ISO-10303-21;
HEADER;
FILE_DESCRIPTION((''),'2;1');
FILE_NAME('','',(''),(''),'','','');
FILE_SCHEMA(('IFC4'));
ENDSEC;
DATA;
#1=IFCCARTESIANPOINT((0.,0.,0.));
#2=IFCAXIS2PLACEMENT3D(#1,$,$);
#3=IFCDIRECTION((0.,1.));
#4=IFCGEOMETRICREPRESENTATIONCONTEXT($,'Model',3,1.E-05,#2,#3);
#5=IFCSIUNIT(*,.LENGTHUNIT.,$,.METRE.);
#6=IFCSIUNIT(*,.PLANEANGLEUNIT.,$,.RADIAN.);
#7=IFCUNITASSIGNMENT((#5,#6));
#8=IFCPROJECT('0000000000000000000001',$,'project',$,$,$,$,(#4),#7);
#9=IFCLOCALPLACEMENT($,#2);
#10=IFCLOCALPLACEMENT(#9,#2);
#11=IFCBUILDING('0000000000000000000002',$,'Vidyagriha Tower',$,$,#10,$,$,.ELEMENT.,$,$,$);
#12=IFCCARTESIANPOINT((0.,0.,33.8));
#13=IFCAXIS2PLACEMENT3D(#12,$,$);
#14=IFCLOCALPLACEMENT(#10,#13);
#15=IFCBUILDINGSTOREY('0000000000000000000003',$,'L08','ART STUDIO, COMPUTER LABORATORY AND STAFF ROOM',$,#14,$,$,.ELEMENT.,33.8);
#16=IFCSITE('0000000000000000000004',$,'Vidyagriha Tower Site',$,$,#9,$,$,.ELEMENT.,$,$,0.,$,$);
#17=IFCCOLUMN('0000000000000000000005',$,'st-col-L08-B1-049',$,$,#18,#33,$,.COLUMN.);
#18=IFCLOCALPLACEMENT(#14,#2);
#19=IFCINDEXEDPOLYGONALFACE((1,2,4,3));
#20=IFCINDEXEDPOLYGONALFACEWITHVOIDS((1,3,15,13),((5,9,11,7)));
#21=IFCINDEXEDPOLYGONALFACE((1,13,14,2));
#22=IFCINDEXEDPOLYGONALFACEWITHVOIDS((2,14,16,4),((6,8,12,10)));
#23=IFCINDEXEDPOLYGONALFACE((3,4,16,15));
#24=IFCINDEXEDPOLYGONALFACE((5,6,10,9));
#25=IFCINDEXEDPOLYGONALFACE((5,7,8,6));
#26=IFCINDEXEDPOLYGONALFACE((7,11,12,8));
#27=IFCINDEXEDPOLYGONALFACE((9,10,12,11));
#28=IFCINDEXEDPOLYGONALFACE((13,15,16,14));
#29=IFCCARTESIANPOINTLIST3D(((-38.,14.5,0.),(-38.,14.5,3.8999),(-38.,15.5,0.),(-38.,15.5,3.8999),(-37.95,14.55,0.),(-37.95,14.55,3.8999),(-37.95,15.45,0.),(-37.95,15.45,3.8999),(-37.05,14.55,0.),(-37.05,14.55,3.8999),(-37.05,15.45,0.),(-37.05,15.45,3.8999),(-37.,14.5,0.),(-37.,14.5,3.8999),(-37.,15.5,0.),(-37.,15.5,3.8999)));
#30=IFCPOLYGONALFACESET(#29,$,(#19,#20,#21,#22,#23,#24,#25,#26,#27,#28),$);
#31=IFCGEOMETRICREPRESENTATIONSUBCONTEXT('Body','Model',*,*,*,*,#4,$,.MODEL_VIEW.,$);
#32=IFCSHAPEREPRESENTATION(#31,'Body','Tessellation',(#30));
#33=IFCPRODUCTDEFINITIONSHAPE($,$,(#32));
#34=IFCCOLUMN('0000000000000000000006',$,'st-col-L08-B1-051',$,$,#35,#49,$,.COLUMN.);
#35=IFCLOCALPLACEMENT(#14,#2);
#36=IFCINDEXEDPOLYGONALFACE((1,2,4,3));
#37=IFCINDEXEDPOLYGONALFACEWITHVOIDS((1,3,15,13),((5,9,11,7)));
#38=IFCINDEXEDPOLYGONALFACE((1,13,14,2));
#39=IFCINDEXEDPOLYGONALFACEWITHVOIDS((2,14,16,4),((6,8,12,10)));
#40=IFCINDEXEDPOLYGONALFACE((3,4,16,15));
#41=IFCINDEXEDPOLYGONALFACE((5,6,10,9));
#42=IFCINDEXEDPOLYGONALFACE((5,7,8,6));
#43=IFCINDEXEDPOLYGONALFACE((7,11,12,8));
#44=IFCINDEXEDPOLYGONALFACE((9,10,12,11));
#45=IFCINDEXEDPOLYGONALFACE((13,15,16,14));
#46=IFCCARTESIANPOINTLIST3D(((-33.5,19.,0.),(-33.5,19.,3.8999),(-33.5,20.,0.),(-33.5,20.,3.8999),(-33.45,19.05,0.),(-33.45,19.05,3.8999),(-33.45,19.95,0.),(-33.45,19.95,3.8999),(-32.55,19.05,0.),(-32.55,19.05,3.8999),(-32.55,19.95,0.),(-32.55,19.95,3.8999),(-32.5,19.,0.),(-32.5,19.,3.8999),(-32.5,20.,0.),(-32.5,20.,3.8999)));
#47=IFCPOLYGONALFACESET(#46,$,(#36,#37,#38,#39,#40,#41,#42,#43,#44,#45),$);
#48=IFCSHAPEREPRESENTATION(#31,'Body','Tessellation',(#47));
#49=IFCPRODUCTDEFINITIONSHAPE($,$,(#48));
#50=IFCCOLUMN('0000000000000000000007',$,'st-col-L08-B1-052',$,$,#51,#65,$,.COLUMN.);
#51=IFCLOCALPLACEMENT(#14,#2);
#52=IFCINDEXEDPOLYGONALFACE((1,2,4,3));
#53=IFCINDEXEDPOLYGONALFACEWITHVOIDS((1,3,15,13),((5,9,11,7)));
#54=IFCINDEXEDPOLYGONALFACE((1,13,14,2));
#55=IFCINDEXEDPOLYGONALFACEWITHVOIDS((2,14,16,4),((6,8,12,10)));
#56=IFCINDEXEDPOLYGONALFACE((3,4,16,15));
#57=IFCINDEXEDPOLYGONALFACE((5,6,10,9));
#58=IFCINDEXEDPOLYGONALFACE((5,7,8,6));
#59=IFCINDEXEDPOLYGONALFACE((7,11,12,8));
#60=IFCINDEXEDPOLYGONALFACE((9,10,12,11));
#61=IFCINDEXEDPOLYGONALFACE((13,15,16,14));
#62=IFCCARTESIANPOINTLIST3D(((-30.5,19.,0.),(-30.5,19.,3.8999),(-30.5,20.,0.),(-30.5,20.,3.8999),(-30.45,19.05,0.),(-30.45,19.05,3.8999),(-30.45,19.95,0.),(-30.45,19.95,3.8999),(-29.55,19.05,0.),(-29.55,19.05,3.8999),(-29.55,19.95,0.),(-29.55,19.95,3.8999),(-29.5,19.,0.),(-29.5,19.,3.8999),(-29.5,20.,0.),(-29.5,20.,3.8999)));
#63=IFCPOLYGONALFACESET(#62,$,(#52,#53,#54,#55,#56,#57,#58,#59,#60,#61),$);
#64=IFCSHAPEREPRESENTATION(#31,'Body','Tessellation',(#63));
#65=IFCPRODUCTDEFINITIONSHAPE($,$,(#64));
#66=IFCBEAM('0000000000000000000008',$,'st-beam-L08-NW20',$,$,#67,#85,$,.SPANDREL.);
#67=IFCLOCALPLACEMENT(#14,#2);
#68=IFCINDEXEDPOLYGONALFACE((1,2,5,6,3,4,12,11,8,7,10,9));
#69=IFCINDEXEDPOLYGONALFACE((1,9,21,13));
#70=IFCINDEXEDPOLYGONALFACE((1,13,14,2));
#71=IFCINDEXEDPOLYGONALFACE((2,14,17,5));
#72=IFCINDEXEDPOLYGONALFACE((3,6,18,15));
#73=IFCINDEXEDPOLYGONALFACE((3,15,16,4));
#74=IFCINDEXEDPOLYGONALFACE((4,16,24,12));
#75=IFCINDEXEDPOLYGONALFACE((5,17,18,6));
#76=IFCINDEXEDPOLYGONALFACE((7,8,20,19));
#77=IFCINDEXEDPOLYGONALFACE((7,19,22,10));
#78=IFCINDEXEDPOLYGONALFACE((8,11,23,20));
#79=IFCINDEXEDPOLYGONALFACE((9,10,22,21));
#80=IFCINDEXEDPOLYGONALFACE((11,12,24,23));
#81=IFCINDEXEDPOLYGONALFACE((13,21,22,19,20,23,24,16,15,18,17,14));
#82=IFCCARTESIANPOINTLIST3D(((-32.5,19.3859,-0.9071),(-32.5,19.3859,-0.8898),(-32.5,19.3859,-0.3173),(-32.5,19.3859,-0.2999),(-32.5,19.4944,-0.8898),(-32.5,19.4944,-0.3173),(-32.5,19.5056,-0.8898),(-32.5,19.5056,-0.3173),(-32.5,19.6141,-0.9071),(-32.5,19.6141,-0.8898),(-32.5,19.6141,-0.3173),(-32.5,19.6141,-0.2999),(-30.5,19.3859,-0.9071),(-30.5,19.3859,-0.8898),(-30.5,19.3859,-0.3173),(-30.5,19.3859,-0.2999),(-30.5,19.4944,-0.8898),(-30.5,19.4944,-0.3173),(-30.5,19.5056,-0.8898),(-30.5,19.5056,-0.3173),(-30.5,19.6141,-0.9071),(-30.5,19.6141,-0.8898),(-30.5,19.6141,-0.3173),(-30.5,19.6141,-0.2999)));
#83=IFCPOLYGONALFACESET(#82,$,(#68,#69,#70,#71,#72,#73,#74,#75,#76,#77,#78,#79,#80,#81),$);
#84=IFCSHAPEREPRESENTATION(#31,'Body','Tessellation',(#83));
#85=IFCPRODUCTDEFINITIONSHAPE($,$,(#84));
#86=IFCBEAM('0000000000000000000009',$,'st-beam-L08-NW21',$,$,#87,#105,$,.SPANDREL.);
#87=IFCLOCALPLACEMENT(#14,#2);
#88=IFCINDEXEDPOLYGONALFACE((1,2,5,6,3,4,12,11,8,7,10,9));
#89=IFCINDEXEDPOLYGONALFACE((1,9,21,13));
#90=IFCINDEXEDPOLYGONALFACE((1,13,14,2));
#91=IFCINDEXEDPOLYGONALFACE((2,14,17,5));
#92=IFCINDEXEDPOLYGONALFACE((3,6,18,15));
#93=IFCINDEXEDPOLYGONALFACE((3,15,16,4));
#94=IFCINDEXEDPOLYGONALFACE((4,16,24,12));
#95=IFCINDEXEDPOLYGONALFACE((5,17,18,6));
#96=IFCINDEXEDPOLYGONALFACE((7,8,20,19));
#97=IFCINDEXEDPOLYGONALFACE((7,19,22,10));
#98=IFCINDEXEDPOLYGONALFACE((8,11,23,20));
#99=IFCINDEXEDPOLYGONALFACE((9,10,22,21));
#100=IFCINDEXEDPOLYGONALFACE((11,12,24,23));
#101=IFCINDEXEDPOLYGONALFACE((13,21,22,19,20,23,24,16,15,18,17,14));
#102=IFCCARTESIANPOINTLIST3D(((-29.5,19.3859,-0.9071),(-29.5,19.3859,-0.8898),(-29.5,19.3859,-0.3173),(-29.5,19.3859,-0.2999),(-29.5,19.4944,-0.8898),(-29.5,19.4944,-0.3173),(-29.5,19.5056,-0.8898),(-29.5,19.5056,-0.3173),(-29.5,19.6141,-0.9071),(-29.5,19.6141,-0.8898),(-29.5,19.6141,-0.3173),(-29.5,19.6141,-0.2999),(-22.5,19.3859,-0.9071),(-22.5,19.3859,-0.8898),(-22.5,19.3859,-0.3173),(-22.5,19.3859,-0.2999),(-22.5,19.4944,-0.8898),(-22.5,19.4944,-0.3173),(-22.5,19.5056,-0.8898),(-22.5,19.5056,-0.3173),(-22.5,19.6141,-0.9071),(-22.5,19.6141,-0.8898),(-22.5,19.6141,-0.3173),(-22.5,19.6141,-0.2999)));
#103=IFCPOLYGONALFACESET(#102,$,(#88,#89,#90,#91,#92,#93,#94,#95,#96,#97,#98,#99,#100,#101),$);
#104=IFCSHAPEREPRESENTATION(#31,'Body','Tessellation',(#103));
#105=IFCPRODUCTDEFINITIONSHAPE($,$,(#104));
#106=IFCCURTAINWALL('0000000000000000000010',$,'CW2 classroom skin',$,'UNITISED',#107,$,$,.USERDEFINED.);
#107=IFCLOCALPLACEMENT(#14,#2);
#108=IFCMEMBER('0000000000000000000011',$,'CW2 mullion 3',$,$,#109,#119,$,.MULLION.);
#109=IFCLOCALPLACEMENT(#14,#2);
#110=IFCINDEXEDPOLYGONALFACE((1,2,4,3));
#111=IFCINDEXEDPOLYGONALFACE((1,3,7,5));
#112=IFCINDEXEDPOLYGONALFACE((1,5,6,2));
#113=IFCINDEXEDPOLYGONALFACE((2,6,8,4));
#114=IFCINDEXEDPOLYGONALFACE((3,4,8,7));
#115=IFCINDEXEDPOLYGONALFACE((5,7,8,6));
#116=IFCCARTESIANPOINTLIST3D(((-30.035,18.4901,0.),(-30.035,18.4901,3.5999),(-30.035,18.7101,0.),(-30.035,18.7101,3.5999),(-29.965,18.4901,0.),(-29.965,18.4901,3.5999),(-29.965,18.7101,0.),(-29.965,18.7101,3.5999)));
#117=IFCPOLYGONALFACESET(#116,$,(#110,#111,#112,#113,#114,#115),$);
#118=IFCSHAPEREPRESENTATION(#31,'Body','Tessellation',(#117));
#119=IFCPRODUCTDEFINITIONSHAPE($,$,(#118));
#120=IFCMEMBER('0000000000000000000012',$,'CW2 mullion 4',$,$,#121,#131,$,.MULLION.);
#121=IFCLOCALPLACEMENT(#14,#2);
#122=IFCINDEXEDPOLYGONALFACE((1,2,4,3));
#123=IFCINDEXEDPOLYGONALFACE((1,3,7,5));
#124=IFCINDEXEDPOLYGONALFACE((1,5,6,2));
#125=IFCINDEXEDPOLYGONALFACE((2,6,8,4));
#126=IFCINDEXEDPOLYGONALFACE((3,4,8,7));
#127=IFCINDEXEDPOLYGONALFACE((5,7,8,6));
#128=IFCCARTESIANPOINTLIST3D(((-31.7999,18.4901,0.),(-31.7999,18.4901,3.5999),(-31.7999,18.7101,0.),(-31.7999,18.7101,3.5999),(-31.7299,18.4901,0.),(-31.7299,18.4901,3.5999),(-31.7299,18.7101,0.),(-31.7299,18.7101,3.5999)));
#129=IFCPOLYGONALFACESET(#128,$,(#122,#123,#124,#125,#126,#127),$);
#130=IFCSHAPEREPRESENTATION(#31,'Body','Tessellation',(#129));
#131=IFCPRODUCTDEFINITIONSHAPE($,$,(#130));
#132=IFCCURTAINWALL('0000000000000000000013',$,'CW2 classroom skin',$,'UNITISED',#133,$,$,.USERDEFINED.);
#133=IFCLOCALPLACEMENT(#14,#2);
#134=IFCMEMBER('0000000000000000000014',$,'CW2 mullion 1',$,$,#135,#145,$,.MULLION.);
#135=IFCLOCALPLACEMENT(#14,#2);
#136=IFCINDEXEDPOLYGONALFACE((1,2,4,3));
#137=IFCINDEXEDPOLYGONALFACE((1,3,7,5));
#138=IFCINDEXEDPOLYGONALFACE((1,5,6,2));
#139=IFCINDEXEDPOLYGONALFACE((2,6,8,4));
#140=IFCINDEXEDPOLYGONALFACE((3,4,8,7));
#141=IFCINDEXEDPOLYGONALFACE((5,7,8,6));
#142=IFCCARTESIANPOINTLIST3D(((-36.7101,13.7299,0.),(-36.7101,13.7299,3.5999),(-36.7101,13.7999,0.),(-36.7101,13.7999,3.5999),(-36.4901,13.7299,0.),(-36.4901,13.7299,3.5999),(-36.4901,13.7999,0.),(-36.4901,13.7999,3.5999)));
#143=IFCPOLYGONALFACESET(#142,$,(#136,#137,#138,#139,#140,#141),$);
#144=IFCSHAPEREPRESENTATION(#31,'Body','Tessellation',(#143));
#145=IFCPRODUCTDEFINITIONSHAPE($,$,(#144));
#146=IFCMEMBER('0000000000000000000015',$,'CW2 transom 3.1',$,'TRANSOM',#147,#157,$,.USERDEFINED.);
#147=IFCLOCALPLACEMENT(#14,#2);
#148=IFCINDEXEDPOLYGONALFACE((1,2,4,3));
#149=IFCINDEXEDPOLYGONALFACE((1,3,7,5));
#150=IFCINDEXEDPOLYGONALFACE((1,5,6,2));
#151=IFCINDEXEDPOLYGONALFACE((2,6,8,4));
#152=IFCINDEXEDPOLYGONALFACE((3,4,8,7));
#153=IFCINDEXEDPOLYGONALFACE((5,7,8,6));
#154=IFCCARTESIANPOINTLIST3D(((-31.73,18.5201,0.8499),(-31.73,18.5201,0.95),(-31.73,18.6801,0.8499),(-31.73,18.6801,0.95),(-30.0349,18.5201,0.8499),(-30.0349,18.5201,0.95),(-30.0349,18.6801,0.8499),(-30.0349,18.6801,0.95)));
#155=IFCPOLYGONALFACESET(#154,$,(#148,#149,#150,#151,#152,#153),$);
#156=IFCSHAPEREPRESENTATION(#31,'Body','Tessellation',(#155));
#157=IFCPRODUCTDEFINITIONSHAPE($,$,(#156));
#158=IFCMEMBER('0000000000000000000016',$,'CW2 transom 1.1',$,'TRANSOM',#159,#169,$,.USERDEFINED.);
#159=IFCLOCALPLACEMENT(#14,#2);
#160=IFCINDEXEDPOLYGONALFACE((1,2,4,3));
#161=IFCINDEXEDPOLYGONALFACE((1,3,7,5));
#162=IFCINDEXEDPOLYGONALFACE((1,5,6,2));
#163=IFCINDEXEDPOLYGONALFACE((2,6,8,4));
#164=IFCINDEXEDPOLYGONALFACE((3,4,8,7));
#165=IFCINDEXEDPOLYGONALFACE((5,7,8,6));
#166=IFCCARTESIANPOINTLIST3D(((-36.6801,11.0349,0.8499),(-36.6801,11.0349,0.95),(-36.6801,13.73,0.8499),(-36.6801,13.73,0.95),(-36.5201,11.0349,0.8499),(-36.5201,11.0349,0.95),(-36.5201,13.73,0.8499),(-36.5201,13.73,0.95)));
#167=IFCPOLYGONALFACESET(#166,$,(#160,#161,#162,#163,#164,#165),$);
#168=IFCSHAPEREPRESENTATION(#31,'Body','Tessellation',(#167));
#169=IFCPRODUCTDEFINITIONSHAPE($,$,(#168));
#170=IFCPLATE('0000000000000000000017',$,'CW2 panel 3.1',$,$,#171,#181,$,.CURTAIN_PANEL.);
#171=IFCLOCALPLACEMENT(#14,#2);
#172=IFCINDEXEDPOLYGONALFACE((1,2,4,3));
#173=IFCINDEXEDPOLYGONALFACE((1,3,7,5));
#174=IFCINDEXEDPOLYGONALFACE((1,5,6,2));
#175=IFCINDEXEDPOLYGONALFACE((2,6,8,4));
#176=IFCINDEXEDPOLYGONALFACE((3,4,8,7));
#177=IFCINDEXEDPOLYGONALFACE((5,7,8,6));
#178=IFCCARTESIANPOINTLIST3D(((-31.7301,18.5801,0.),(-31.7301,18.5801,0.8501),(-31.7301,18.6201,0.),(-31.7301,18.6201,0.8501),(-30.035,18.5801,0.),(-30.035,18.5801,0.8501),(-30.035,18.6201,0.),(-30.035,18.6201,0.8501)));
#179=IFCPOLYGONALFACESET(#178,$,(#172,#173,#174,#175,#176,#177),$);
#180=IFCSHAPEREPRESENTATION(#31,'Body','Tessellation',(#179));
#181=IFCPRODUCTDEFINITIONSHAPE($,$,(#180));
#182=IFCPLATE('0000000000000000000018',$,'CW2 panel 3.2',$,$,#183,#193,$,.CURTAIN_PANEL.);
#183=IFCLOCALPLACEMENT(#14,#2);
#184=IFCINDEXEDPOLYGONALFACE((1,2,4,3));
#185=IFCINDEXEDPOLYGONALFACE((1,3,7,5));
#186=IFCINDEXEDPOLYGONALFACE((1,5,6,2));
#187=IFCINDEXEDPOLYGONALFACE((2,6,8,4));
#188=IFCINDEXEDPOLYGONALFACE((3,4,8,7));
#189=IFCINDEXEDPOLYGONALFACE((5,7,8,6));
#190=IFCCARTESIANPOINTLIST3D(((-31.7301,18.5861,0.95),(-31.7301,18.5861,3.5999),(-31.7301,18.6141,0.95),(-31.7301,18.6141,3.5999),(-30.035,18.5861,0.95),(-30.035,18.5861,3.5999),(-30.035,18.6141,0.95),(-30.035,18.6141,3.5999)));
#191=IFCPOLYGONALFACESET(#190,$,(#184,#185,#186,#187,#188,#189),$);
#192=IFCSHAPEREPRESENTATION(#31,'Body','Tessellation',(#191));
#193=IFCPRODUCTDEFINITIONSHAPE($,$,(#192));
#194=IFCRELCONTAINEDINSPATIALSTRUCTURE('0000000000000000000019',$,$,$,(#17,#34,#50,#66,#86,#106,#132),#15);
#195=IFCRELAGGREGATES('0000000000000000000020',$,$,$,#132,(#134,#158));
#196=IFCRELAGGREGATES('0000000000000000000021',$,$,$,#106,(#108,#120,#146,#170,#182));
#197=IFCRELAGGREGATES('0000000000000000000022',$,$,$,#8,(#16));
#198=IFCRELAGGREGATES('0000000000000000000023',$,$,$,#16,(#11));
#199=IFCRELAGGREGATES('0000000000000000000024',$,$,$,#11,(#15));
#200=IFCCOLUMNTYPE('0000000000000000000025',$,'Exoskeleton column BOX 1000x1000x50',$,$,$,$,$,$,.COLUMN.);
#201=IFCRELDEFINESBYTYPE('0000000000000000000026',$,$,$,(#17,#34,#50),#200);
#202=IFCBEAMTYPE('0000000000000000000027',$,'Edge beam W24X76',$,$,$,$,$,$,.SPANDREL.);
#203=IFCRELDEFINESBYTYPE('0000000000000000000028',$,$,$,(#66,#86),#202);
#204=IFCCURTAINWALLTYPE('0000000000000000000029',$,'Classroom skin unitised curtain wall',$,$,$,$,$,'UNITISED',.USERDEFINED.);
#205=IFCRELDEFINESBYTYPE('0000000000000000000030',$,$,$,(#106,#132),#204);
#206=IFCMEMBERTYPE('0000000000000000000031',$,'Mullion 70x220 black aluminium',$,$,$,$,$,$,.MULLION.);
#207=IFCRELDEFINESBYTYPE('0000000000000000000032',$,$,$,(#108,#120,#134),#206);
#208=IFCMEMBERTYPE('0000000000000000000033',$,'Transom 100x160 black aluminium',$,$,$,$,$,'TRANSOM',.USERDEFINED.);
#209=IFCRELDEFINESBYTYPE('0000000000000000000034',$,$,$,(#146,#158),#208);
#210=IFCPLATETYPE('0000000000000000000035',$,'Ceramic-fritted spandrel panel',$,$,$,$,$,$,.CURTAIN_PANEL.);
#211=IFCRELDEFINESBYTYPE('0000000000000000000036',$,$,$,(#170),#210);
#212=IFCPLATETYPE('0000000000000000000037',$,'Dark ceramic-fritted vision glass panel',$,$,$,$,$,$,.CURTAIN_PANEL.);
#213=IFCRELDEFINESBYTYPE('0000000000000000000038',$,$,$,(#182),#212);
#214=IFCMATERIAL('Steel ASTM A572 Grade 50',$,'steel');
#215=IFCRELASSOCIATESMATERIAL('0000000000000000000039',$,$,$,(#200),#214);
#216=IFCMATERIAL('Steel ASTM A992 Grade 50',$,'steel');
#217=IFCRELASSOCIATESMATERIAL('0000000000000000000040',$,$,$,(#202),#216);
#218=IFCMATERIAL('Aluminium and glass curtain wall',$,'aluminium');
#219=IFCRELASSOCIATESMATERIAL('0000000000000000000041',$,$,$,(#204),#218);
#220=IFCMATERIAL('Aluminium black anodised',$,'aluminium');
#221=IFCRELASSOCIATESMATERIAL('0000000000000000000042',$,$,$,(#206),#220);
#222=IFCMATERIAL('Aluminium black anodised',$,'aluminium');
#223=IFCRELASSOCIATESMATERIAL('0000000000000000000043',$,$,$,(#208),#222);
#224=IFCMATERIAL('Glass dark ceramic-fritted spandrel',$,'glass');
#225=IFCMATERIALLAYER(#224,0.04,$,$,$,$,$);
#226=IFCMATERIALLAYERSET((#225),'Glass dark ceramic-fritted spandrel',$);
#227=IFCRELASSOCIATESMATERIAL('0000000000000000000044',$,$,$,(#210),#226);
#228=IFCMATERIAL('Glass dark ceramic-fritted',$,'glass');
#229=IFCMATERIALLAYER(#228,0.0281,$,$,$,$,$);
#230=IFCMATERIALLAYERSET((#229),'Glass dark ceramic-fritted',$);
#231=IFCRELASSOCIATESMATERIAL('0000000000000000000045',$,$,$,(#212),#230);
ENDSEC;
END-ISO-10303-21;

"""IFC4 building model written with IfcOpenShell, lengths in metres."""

from ifc_helpers import new_model, si_unit, direction, frame, origin, origin_2d, place, context, subcontext, project, spatial, rectangle, hollow_rectangle, i_section, extrude, material, layer, layer_set, material_profile, profile_set, type_object, element, aggregate, save


model = new_model("IFC4")

# Units and contexts
model_context = context("Model", 3, precision=1e-05, world=origin(), true_north=direction((0.0, 1.0)))
body_context = subcontext(model_context, "Body", "Model", "MODEL_VIEW")
ifc_project = project(units=[si_unit("LENGTHUNIT", "METRE"), si_unit("PLANEANGLEUNIT", "RADIAN")], contexts=[model_context])

# Site, building, storey
site_placement = place(None, origin())
site = spatial("IfcSite", under=ifc_project, at=site_placement, Name="Vidyagriha Tower Site", CompositionType="ELEMENT", RefElevation=0.0)
building_placement = place(site_placement, origin())
building = spatial("IfcBuilding", under=site, at=building_placement, Name="Vidyagriha Tower", CompositionType="ELEMENT")
storey_placement = place(building_placement, frame((0.0, 0.0, 33.8)))
storey = spatial("IfcBuildingStorey", under=building, at=storey_placement, Name="L08", Description="ART STUDIO, COMPUTER LABORATORY AND STAFF ROOM", CompositionType="ELEMENT", Elevation=33.8)

# Columns
ifc_material_1 = material(Name="Steel ASTM A572 Grade 50", Category="steel")
ifc_material_profile_1 = material_profile(ifc_material_1, hollow_rectangle(XDim=1.0, YDim=1.0, WallThickness=0.05, at=origin_2d()), Name="BOX 1000x1000x50")
ifc_profile_set_1 = profile_set([ifc_material_profile_1], Name="Steel ASTM A572 Grade 50")
column_type = type_object("IfcColumnType", Name="Exoskeleton column BOX 1000x1000x50", PredefinedType="COLUMN", material=ifc_profile_set_1)
for number, where, name in (
    (1, (-37.5, 15.0, 0.0), "st-col-L08-B1-049"),
    (2, (-33.0, 19.5, 0.0), "st-col-L08-B1-051"),
    (3, (-30.0, 19.5, 0.0), "st-col-L08-B1-052"),
):
    element("IfcColumn", number, at=place(storey_placement, frame(where)), inside=storey, type_object=column_type, Name=name, PredefinedType="COLUMN", context=body_context, shape_type="SweptSolid", body=[
        extrude(hollow_rectangle(XDim=1.0, YDim=1.0, WallThickness=0.05, at=origin_2d()), origin(), (0.0, 0.0, 1.0), 3.8999),
    ])

# Beams
ifc_material_2 = material(Name="Steel ASTM A992 Grade 50", Category="steel")
ifc_material_profile_2 = material_profile(ifc_material_2, i_section(OverallWidth=0.2283, OverallDepth=0.6072, WebThickness=0.0112, FlangeThickness=0.0173, at=origin_2d()), Name="W24X76")
ifc_profile_set_2 = profile_set([ifc_material_profile_2], Name="Steel ASTM A992 Grade 50")
beam_type = type_object("IfcBeamType", Name="Edge beam W24X76", PredefinedType="SPANDREL", material=ifc_profile_set_2)
beam_1_placement = place(storey_placement, frame((-32.5, 19.5, -0.6035), z_axis=(1.0, 0.0, 0.0), x_axis=(0.0, 1.0, 0.0)))
element("IfcBeam", 4, at=beam_1_placement, inside=storey, type_object=beam_type, Name="st-beam-L08-NW20", PredefinedType="SPANDREL", context=body_context, shape_type="SweptSolid", body=[
    extrude(i_section(OverallWidth=0.2283, OverallDepth=0.6072, WebThickness=0.0112, FlangeThickness=0.0173, at=origin_2d()), origin(), (0.0, 0.0, 1.0), 2.0),
])
beam_2_placement = place(storey_placement, frame((-29.5, 19.5, -0.6035), z_axis=(1.0, 0.0, 0.0), x_axis=(0.0, 1.0, 0.0)))
element("IfcBeam", 5, at=beam_2_placement, inside=storey, type_object=beam_type, Name="st-beam-L08-NW21", PredefinedType="SPANDREL", context=body_context, shape_type="SweptSolid", body=[
    extrude(i_section(OverallWidth=0.2283, OverallDepth=0.6072, WebThickness=0.0112, FlangeThickness=0.0173, at=origin_2d()), origin(), (0.0, 0.0, 1.0), 7.0),
])

# Curtain wall, members
ifc_material_3 = material(Name="Aluminium and glass curtain wall", Category="aluminium")
curtain_wall_type = type_object("IfcCurtainWallType", Name="Classroom skin unitised curtain wall", ElementType="UNITISED", PredefinedType="USERDEFINED", material=ifc_material_3)
curtain_wall_1_placement = place(storey_placement, origin())
curtain_wall_1 = element("IfcCurtainWall", 6, at=curtain_wall_1_placement, inside=storey, type_object=curtain_wall_type, Name="CW2 classroom skin", ObjectType="UNITISED", PredefinedType="USERDEFINED")
ifc_material_4 = material(Name="Aluminium black anodised", Category="aluminium")
ifc_material_profile_3 = material_profile(ifc_material_4, rectangle(XDim=0.22, YDim=0.0701, at=origin_2d()), Name="Mullion 70x220 black aluminium")
ifc_profile_set_3 = profile_set([ifc_material_profile_3], Name="Aluminium black anodised")
member_type_1 = type_object("IfcMemberType", Name="Mullion 70x220 black aluminium", PredefinedType="MULLION", material=ifc_profile_set_3)
member_1_placement = place(storey_placement, frame((-30.0, 18.6001, 0.0), z_axis=(0.0, 0.0, 1.0), x_axis=(0.0, -1.0, 0.0)))
member_1 = element("IfcMember", 7, at=member_1_placement, type_object=member_type_1, Name="CW2 mullion 3", PredefinedType="MULLION", context=body_context, shape_type="SweptSolid", body=[
    extrude(rectangle(XDim=0.22, YDim=0.0701, at=origin_2d()), origin(), (0.0, 0.0, 1.0), 3.5999),
])
member_2_placement = place(storey_placement, frame((-31.7649, 18.6001, 0.0), z_axis=(0.0, 0.0, 1.0), x_axis=(0.0, -1.0, 0.0)))
member_2 = element("IfcMember", 8, at=member_2_placement, type_object=member_type_1, Name="CW2 mullion 4", PredefinedType="MULLION", context=body_context, shape_type="SweptSolid", body=[
    extrude(rectangle(XDim=0.22, YDim=0.0701, at=origin_2d()), origin(), (0.0, 0.0, 1.0), 3.5999),
])

# Curtain wall, member
curtain_wall_2_placement = place(storey_placement, origin())
curtain_wall_2 = element("IfcCurtainWall", 9, at=curtain_wall_2_placement, inside=storey, type_object=curtain_wall_type, Name="CW2 classroom skin", ObjectType="UNITISED", PredefinedType="USERDEFINED")
member_3_placement = place(storey_placement, frame((-36.6001, 13.7649, 0.0)))
member_3 = element("IfcMember", 10, at=member_3_placement, type_object=member_type_1, Name="CW2 mullion 1", PredefinedType="MULLION", context=body_context, shape_type="SweptSolid", body=[
    extrude(rectangle(XDim=0.22, YDim=0.0701, at=origin_2d()), origin(), (0.0, 0.0, 1.0), 3.5999),
])

# Members
ifc_material_5 = material(Name="Aluminium black anodised", Category="aluminium")
ifc_material_profile_4 = material_profile(ifc_material_5, rectangle(XDim=0.1599, YDim=0.1001, at=origin_2d()), Name="Transom 100x160 black aluminium")
ifc_profile_set_4 = profile_set([ifc_material_profile_4], Name="Aluminium black anodised")
member_type_2 = type_object("IfcMemberType", Name="Transom 100x160 black aluminium", ElementType="TRANSOM", PredefinedType="USERDEFINED", material=ifc_profile_set_4)
member_4_placement = place(storey_placement, frame((-30.0349, 18.6001, 0.8999), z_axis=(-1.0, 0.0, 0.0), x_axis=(0.0, -1.0, 0.0)))
member_4 = element("IfcMember", 11, at=member_4_placement, type_object=member_type_2, Name="CW2 transom 3.1", ObjectType="TRANSOM", PredefinedType="USERDEFINED", context=body_context, shape_type="SweptSolid", body=[
    extrude(rectangle(XDim=0.1599, YDim=0.1001, at=origin_2d()), origin(), (0.0, 0.0, 1.0), 1.6951),
])
member_5_placement = place(storey_placement, frame((-36.6001, 13.73, 0.8999), z_axis=(0.0, -1.0, 0.0), x_axis=(1.0, 0.0, 0.0)))
member_5 = element("IfcMember", 12, at=member_5_placement, type_object=member_type_2, Name="CW2 transom 1.1", ObjectType="TRANSOM", PredefinedType="USERDEFINED", context=body_context, shape_type="SweptSolid", body=[
    extrude(rectangle(XDim=0.1599, YDim=0.1001, at=origin_2d()), origin(), (0.0, 0.0, 1.0), 2.6951),
])
aggregate(curtain_wall_2, [member_3, member_5])

# Plates
ifc_material_6 = material(Name="Glass dark ceramic-fritted spandrel", Category="glass")
ifc_layer_1 = layer(ifc_material_6, 0.04)
ifc_layer_set_1 = layer_set([ifc_layer_1], Name="Glass dark ceramic-fritted spandrel")
plate_type_1 = type_object("IfcPlateType", Name="Ceramic-fritted spandrel panel", PredefinedType="CURTAIN_PANEL", material=ifc_layer_set_1)
plate_1_placement = place(storey_placement, frame((-30.8826, 18.6001, 0.0), z_axis=(0.0, 0.0, 1.0), x_axis=(-1.0, 0.0, 0.0)))
plate_1 = element("IfcPlate", 13, at=plate_1_placement, type_object=plate_type_1, Name="CW2 panel 3.1", PredefinedType="CURTAIN_PANEL", context=body_context, shape_type="SweptSolid", body=[
    extrude(rectangle(XDim=1.6951, YDim=0.04, at=origin_2d()), origin(), (0.0, 0.0, 1.0), 0.8501),
])
ifc_material_7 = material(Name="Glass dark ceramic-fritted", Category="glass")
ifc_layer_2 = layer(ifc_material_7, 0.0281)
ifc_layer_set_2 = layer_set([ifc_layer_2], Name="Glass dark ceramic-fritted")
plate_type_2 = type_object("IfcPlateType", Name="Dark ceramic-fritted vision glass panel", PredefinedType="CURTAIN_PANEL", material=ifc_layer_set_2)
plate_2_placement = place(storey_placement, frame((-30.8826, 18.6001, 0.95), z_axis=(0.0, 0.0, 1.0), x_axis=(-1.0, 0.0, 0.0)))
plate_2 = element("IfcPlate", 14, at=plate_2_placement, type_object=plate_type_2, Name="CW2 panel 3.2", PredefinedType="CURTAIN_PANEL", context=body_context, shape_type="SweptSolid", body=[
    extrude(rectangle(XDim=1.6951, YDim=0.0281, at=origin_2d()), origin(), (0.0, 0.0, 1.0), 2.6499),
])
aggregate(curtain_wall_1, [member_1, member_2, member_4, plate_1, plate_2])

save(model, "model.ifc")
